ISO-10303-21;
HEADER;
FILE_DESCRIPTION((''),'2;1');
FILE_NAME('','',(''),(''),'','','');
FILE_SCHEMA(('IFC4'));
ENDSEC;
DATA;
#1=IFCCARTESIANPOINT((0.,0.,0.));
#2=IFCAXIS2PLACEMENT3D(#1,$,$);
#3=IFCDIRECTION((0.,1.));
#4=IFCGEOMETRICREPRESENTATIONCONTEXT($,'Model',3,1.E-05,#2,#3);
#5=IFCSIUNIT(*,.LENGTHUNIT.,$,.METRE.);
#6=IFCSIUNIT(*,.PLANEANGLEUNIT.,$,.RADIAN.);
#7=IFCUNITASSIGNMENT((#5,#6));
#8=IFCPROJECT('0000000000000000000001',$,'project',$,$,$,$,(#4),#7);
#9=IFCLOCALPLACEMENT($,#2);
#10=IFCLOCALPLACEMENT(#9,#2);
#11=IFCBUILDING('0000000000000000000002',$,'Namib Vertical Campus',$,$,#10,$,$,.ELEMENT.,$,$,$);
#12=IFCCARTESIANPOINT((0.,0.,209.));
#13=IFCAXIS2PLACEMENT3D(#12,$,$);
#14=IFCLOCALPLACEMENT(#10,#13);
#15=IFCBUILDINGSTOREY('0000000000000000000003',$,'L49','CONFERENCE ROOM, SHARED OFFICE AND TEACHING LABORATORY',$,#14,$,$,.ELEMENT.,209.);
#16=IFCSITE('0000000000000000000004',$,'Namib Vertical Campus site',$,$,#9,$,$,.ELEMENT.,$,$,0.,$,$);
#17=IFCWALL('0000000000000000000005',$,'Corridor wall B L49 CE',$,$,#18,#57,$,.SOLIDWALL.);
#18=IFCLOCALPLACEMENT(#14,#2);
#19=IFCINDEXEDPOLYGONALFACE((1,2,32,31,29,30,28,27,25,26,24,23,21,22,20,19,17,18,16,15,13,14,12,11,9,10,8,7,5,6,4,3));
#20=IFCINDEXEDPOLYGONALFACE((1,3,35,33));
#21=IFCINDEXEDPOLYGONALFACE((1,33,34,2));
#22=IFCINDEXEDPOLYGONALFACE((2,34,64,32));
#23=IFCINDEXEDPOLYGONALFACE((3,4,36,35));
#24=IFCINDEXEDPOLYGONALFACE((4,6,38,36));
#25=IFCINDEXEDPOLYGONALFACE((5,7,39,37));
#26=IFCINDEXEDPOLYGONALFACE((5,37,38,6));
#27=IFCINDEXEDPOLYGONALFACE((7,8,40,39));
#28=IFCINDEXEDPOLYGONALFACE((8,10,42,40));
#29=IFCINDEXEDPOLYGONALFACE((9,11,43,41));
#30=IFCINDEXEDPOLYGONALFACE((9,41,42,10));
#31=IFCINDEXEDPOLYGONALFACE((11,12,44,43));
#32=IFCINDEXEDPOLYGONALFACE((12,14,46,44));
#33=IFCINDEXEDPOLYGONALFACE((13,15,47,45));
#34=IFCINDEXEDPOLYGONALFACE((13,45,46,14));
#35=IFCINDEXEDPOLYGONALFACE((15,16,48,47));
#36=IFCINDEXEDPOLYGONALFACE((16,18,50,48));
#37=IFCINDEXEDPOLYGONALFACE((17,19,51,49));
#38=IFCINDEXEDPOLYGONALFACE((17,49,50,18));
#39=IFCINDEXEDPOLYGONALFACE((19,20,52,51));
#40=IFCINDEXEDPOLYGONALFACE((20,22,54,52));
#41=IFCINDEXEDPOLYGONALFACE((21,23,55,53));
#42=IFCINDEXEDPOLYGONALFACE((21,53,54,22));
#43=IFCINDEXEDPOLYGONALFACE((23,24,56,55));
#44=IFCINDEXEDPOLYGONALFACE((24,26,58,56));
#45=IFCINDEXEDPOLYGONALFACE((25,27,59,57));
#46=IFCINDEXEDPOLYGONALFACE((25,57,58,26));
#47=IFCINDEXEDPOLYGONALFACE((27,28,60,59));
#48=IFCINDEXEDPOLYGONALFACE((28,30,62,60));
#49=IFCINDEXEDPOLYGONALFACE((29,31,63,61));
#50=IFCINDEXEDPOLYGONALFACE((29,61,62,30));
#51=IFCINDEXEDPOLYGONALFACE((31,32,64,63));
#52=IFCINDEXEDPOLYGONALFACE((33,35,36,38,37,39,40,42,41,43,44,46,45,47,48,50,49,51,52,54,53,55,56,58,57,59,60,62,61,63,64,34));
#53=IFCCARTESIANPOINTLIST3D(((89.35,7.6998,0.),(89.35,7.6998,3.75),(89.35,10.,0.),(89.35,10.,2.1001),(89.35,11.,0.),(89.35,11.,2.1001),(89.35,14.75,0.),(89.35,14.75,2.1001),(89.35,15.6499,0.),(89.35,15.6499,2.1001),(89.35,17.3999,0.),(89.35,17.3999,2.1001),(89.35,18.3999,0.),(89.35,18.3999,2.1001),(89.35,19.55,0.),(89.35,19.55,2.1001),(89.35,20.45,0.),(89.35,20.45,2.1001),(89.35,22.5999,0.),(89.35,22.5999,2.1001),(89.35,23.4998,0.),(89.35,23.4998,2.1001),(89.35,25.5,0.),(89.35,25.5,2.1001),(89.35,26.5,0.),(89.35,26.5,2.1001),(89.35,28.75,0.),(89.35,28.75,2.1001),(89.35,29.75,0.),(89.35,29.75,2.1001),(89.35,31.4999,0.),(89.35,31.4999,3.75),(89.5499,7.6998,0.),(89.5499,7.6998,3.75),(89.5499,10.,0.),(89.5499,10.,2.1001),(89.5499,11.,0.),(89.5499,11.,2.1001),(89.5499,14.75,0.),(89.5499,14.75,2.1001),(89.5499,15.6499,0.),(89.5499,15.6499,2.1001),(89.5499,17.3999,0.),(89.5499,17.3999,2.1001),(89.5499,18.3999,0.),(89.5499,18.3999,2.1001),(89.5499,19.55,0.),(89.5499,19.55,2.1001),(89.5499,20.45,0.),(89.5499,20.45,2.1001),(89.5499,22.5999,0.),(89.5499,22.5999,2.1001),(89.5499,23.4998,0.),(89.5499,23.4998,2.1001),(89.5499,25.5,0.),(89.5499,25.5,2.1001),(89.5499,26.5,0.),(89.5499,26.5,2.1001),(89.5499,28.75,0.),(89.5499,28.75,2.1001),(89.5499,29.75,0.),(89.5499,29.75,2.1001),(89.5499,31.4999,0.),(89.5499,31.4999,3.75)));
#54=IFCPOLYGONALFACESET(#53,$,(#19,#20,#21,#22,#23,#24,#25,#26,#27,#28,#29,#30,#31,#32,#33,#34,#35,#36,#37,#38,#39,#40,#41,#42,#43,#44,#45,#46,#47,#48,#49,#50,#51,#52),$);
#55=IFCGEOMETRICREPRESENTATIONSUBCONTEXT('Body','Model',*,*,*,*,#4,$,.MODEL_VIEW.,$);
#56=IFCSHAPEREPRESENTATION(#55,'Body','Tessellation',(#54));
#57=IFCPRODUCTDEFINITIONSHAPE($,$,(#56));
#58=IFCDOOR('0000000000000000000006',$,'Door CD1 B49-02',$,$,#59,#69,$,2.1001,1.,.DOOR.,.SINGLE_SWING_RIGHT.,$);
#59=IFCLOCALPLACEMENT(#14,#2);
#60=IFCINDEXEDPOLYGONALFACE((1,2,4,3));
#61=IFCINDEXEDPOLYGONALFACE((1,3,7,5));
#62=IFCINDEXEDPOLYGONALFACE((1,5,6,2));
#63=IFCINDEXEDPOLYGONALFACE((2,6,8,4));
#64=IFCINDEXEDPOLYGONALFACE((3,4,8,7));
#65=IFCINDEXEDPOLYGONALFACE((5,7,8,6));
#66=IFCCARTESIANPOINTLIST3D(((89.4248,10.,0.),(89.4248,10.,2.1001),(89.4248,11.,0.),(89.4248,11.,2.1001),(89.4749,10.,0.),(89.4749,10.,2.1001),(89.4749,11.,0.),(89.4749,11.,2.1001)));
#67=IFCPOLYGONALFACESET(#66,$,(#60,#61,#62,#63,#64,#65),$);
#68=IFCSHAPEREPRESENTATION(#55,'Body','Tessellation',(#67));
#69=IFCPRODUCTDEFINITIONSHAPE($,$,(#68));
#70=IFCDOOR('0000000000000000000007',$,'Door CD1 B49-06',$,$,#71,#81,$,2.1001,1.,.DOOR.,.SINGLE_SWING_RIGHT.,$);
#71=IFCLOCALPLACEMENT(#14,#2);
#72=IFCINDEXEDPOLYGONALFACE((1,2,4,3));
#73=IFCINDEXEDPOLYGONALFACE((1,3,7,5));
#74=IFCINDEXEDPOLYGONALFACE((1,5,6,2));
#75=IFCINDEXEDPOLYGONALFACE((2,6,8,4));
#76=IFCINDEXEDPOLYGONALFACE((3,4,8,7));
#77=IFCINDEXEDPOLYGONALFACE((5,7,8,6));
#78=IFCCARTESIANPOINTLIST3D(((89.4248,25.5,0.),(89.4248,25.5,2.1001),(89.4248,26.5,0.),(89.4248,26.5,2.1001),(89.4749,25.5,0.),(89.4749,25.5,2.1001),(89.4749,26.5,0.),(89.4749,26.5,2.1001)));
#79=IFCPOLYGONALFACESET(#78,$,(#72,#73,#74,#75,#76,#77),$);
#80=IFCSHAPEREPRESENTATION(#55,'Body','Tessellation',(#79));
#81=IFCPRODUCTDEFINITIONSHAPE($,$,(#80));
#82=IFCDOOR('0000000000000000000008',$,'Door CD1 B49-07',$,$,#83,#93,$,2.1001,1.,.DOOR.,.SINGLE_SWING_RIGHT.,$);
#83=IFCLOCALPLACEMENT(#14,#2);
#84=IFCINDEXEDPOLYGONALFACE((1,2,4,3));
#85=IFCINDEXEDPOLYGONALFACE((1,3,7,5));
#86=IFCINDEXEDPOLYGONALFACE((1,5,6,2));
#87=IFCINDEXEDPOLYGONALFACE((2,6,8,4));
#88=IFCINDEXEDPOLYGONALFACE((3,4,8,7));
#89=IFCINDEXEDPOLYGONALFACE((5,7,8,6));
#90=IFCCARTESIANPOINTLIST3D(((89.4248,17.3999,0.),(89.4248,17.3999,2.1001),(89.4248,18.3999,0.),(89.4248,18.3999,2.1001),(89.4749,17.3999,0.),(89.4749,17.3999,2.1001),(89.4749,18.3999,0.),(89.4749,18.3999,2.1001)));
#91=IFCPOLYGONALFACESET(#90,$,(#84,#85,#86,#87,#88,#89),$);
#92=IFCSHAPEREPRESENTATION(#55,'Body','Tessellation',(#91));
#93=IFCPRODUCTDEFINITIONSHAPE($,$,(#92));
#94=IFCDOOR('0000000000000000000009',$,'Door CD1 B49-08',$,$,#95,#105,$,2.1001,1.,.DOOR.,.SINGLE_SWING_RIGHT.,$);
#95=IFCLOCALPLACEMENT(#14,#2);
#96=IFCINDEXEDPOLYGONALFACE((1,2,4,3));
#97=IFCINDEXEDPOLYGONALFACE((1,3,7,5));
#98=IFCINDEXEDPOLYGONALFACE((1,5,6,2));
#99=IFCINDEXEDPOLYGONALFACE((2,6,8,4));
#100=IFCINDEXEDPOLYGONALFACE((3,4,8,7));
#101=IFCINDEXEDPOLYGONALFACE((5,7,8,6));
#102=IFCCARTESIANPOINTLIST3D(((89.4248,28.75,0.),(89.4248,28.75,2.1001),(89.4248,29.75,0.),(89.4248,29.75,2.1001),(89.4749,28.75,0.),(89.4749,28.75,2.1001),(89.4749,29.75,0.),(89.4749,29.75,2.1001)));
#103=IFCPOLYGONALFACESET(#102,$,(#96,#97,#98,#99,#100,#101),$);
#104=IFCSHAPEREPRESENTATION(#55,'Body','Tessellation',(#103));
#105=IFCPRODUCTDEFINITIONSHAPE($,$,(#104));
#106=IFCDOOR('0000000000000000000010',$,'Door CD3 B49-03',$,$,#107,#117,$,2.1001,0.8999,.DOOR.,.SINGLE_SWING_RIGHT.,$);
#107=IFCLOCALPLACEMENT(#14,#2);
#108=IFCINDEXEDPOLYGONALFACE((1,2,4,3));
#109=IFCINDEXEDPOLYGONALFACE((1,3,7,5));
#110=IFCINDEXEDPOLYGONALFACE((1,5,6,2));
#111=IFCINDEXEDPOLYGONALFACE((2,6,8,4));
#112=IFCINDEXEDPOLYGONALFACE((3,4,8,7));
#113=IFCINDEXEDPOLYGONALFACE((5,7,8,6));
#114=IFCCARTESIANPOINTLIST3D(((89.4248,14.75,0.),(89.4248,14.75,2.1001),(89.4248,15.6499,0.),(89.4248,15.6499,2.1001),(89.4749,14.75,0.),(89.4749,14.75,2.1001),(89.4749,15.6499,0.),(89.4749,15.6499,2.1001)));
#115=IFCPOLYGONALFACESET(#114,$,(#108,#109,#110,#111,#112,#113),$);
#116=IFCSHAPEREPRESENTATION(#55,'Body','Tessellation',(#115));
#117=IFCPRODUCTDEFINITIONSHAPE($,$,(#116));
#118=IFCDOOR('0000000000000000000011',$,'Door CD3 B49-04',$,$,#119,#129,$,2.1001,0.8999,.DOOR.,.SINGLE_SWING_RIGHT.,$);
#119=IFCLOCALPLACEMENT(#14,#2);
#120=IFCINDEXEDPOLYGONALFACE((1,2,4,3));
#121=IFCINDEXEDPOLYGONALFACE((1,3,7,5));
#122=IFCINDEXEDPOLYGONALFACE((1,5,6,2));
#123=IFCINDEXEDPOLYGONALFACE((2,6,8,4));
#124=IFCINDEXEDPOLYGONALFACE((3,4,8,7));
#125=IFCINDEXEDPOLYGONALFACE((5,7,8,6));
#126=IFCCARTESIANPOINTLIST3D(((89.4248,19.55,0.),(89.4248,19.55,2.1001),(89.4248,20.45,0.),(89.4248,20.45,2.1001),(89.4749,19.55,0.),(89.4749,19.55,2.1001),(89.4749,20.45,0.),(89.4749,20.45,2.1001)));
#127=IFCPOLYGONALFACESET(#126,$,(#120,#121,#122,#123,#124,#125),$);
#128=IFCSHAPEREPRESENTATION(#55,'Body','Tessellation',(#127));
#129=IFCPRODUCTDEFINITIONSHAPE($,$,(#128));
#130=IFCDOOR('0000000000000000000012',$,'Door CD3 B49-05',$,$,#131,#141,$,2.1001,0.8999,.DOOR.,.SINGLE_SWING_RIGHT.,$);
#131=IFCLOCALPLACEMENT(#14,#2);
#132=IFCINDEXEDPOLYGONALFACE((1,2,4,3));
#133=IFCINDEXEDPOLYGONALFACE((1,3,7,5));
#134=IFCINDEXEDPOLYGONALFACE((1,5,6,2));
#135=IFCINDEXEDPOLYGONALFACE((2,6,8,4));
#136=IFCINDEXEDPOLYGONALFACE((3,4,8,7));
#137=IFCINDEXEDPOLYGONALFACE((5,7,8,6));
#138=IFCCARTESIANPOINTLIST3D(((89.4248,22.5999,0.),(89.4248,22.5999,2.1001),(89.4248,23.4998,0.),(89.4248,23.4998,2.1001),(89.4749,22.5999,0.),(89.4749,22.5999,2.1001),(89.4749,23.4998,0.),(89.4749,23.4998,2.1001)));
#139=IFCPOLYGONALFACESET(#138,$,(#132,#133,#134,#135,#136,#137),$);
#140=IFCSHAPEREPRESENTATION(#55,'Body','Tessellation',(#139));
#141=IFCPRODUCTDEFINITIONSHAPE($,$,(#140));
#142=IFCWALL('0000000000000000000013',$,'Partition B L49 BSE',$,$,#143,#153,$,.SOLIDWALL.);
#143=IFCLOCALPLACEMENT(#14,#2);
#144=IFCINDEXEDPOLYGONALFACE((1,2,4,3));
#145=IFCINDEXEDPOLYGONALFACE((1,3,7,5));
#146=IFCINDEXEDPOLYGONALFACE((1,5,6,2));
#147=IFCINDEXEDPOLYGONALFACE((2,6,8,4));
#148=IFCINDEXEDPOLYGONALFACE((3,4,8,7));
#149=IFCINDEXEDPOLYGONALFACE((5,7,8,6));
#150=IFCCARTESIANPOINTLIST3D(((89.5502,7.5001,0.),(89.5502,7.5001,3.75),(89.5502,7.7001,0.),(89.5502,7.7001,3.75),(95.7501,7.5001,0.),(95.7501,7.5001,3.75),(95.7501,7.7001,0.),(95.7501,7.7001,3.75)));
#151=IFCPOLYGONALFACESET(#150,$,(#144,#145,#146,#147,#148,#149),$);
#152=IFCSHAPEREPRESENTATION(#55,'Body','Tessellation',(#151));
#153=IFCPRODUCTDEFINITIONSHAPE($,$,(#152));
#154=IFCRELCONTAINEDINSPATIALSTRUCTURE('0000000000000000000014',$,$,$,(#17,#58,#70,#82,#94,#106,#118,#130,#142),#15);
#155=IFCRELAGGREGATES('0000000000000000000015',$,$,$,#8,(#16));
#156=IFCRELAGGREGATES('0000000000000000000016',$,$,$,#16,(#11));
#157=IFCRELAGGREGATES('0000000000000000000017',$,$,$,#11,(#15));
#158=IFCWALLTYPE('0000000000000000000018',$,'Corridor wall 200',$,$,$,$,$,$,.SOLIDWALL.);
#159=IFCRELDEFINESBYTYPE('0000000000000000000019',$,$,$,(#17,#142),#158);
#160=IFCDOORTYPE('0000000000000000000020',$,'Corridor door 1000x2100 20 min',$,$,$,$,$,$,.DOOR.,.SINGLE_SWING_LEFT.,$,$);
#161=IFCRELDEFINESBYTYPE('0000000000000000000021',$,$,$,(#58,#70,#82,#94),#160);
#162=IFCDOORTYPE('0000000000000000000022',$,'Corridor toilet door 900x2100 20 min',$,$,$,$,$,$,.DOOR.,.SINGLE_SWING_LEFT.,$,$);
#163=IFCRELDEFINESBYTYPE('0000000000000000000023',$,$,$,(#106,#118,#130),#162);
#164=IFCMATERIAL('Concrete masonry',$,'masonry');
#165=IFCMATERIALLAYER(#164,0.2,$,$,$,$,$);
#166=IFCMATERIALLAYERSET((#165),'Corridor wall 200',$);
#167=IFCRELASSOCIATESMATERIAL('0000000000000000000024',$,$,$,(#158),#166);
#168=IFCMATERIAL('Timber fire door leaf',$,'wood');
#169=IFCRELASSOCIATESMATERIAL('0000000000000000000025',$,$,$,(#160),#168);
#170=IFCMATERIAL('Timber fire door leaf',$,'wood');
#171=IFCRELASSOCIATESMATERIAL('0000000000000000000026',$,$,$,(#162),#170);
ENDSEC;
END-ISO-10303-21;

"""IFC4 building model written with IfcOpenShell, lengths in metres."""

from ifc_helpers import new_model, si_unit, direction, frame, frame_2d, origin, place, context, subcontext, project, spatial, rectangle, extrude, material, layer, layer_set, type_object, element, fill, save


model = new_model("IFC4")

# Units and contexts
model_context = context("Model", 3, precision=1e-05, world=origin(), true_north=direction((0.0, 1.0)))
body_context = subcontext(model_context, "Body", "Model", "MODEL_VIEW")
ifc_project = project(units=[si_unit("LENGTHUNIT", "METRE"), si_unit("PLANEANGLEUNIT", "RADIAN")], contexts=[model_context])

# Site, building, storey
site_placement = place(None, origin())
site = spatial("IfcSite", under=ifc_project, at=site_placement, Name="Namib Vertical Campus site", CompositionType="ELEMENT", RefElevation=0.0)
building_placement = place(site_placement, origin())
building = spatial("IfcBuilding", under=site, at=building_placement, Name="Namib Vertical Campus", CompositionType="ELEMENT")
storey_placement = place(building_placement, frame((0.0, 0.0, 209.0)))
storey = spatial("IfcBuildingStorey", under=building, at=storey_placement, Name="L49", Description="CONFERENCE ROOM, SHARED OFFICE AND TEACHING LABORATORY", CompositionType="ELEMENT", Elevation=209.0)

# Wall, openings, doors
ifc_material_1 = material(Name="Concrete masonry", Category="masonry")
ifc_layer_1 = layer(ifc_material_1, 0.2)
ifc_layer_set_1 = layer_set([ifc_layer_1], Name="Corridor wall 200")
wall_type_1 = type_object("IfcWallType", Name="Corridor wall 200", PredefinedType="SOLIDWALL", material=ifc_layer_set_1)
wall_1_placement = place(storey_placement, frame((89.45, 7.7, 0.0), z_axis=(0.0, 0.0, 1.0), x_axis=(0.0, 1.0, 0.0)))
wall_1 = element("IfcWall", 1, at=wall_1_placement, inside=storey, type_object=wall_type_1, Name="Corridor wall B L49 CE", PredefinedType="SOLIDWALL", context=body_context, shape_type="SweptSolid", body=[
    extrude(rectangle(XDim=23.8, YDim=0.2, at=frame_2d((11.8999, 0.0))), origin(), (0.0, 0.0, 1.0), 3.75),
])
opening_1_placement = place(wall_1_placement, frame((2.3, 0.0, 0.0)))
opening_1 = element("IfcOpeningElement", 2, at=opening_1_placement, cuts=wall_1, PredefinedType="OPENING", context=body_context, shape_type="SweptSolid", body=[
    extrude(rectangle(XDim=1.0, YDim=2.1001, at=frame_2d((0.5, 1.05))), frame((0.0, 0.1099, 0.0), z_axis=(0.0, -1.0, 0.0), x_axis=(1.0, 0.0, 0.0)), (0.0, 0.0, 1.0), 0.22),
])
opening_2_placement = place(wall_1_placement, frame((7.05, 0.0, 0.0)))
opening_2 = element("IfcOpeningElement", 3, at=opening_2_placement, cuts=wall_1, PredefinedType="OPENING", context=body_context, shape_type="SweptSolid", body=[
    extrude(rectangle(XDim=0.8999, YDim=2.1001, at=frame_2d((0.45, 1.05))), frame((0.0, 0.1099, 0.0), z_axis=(0.0, -1.0, 0.0), x_axis=(1.0, 0.0, 0.0)), (0.0, 0.0, 1.0), 0.22),
])
opening_3_placement = place(wall_1_placement, frame((11.8501, 0.0, 0.0)))
opening_3 = element("IfcOpeningElement", 4, at=opening_3_placement, cuts=wall_1, PredefinedType="OPENING", context=body_context, shape_type="SweptSolid", body=[
    extrude(rectangle(XDim=0.8999, YDim=2.1001, at=frame_2d((0.45, 1.05))), frame((0.0, 0.1099, 0.0), z_axis=(0.0, -1.0, 0.0), x_axis=(1.0, 0.0, 0.0)), (0.0, 0.0, 1.0), 0.22),
])
opening_4_placement = place(wall_1_placement, frame((14.8999, 0.0, 0.0)))
opening_4 = element("IfcOpeningElement", 5, at=opening_4_placement, cuts=wall_1, PredefinedType="OPENING", context=body_context, shape_type="SweptSolid", body=[
    extrude(rectangle(XDim=0.8999, YDim=2.1001, at=frame_2d((0.45, 1.05))), frame((0.0, 0.1099, 0.0), z_axis=(0.0, -1.0, 0.0), x_axis=(1.0, 0.0, 0.0)), (0.0, 0.0, 1.0), 0.22),
])
opening_5_placement = place(wall_1_placement, frame((17.8, 0.0, 0.0)))
opening_5 = element("IfcOpeningElement", 6, at=opening_5_placement, cuts=wall_1, PredefinedType="OPENING", context=body_context, shape_type="SweptSolid", body=[
    extrude(rectangle(XDim=1.0, YDim=2.1001, at=frame_2d((0.5, 1.05))), frame((0.0, 0.1099, 0.0), z_axis=(0.0, -1.0, 0.0), x_axis=(1.0, 0.0, 0.0)), (0.0, 0.0, 1.0), 0.22),
])
opening_6_placement = place(wall_1_placement, frame((9.7, 0.0, 0.0)))
opening_6 = element("IfcOpeningElement", 7, at=opening_6_placement, cuts=wall_1, PredefinedType="OPENING", context=body_context, shape_type="SweptSolid", body=[
    extrude(rectangle(XDim=1.0, YDim=2.1001, at=frame_2d((0.5, 1.05))), frame((0.0, 0.1099, 0.0), z_axis=(0.0, -1.0, 0.0), x_axis=(1.0, 0.0, 0.0)), (0.0, 0.0, 1.0), 0.22),
])
opening_7_placement = place(wall_1_placement, frame((21.05, 0.0, 0.0)))
opening_7 = element("IfcOpeningElement", 8, at=opening_7_placement, cuts=wall_1, PredefinedType="OPENING", context=body_context, shape_type="SweptSolid", body=[
    extrude(rectangle(XDim=1.0, YDim=2.1001, at=frame_2d((0.5, 1.05))), frame((0.0, 0.1099, 0.0), z_axis=(0.0, -1.0, 0.0), x_axis=(1.0, 0.0, 0.0)), (0.0, 0.0, 1.0), 0.22),
])
ifc_material_2 = material(Name="Timber fire door leaf", Category="wood")
door_type_1 = type_object("IfcDoorType", Name="Corridor door 1000x2100 20 min", OperationType="SINGLE_SWING_LEFT", PredefinedType="DOOR", material=ifc_material_2)
door_1_placement = place(opening_1_placement, frame((1.0, 0.0, 0.0), z_axis=(0.0, 0.0, 1.0), x_axis=(-1.0, 0.0, 0.0)))
door_1 = element("IfcDoor", 9, at=door_1_placement, inside=storey, type_object=door_type_1, Name="Door CD1 B49-02", OperationType="SINGLE_SWING_RIGHT", OverallHeight=2.1001, OverallWidth=1.0, PredefinedType="DOOR", context=body_context, shape_type="SweptSolid", body=[
    extrude(rectangle(XDim=1.0, YDim=2.1001, at=frame_2d((0.5, 1.05))), frame((0.0, 0.0249, 0.0), z_axis=(0.0, -1.0, 0.0), x_axis=(1.0, 0.0, 0.0)), (0.0, 0.0, 1.0), 0.05),
])
fill(opening_1, door_1)
door_2_placement = place(opening_5_placement, frame((1.0, 0.0, 0.0), z_axis=(0.0, 0.0, 1.0), x_axis=(-1.0, 0.0, 0.0)))
door_2 = element("IfcDoor", 10, at=door_2_placement, inside=storey, type_object=door_type_1, Name="Door CD1 B49-06", OperationType="SINGLE_SWING_RIGHT", OverallHeight=2.1001, OverallWidth=1.0, PredefinedType="DOOR", context=body_context, shape_type="SweptSolid", body=[
    extrude(rectangle(XDim=1.0, YDim=2.1001, at=frame_2d((0.5, 1.05))), frame((0.0, 0.0249, 0.0), z_axis=(0.0, -1.0, 0.0), x_axis=(1.0, 0.0, 0.0)), (0.0, 0.0, 1.0), 0.05),
])
fill(opening_5, door_2)
door_3_placement = place(opening_6_placement, frame((1.0, 0.0, 0.0), z_axis=(0.0, 0.0, 1.0), x_axis=(-1.0, 0.0, 0.0)))
door_3 = element("IfcDoor", 11, at=door_3_placement, inside=storey, type_object=door_type_1, Name="Door CD1 B49-07", OperationType="SINGLE_SWING_RIGHT", OverallHeight=2.1001, OverallWidth=1.0, PredefinedType="DOOR", context=body_context, shape_type="SweptSolid", body=[
    extrude(rectangle(XDim=1.0, YDim=2.1001, at=frame_2d((0.5, 1.05))), frame((0.0, 0.0249, 0.0), z_axis=(0.0, -1.0, 0.0), x_axis=(1.0, 0.0, 0.0)), (0.0, 0.0, 1.0), 0.05),
])
fill(opening_6, door_3)
door_4_placement = place(opening_7_placement, frame((1.0, 0.0, 0.0), z_axis=(0.0, 0.0, 1.0), x_axis=(-1.0, 0.0, 0.0)))
door_4 = element("IfcDoor", 12, at=door_4_placement, inside=storey, type_object=door_type_1, Name="Door CD1 B49-08", OperationType="SINGLE_SWING_RIGHT", OverallHeight=2.1001, OverallWidth=1.0, PredefinedType="DOOR", context=body_context, shape_type="SweptSolid", body=[
    extrude(rectangle(XDim=1.0, YDim=2.1001, at=frame_2d((0.5, 1.05))), frame((0.0, 0.0249, 0.0), z_axis=(0.0, -1.0, 0.0), x_axis=(1.0, 0.0, 0.0)), (0.0, 0.0, 1.0), 0.05),
])
fill(opening_7, door_4)
ifc_material_3 = material(Name="Timber fire door leaf", Category="wood")
door_type_2 = type_object("IfcDoorType", Name="Corridor toilet door 900x2100 20 min", OperationType="SINGLE_SWING_LEFT", PredefinedType="DOOR", material=ifc_material_3)
door_5_placement = place(opening_2_placement, frame((0.8999, 0.0, 0.0), z_axis=(0.0, 0.0, 1.0), x_axis=(-1.0, 0.0, 0.0)))
door_5 = element("IfcDoor", 13, at=door_5_placement, inside=storey, type_object=door_type_2, Name="Door CD3 B49-03", OperationType="SINGLE_SWING_RIGHT", OverallHeight=2.1001, OverallWidth=0.8999, PredefinedType="DOOR", context=body_context, shape_type="SweptSolid", body=[
    extrude(rectangle(XDim=0.8999, YDim=2.1001, at=frame_2d((0.45, 1.05))), frame((0.0, 0.0249, 0.0), z_axis=(0.0, -1.0, 0.0), x_axis=(1.0, 0.0, 0.0)), (0.0, 0.0, 1.0), 0.05),
])
fill(opening_2, door_5)
door_6_placement = place(opening_3_placement, frame((0.8999, 0.0, 0.0), z_axis=(0.0, 0.0, 1.0), x_axis=(-1.0, 0.0, 0.0)))
door_6 = element("IfcDoor", 14, at=door_6_placement, inside=storey, type_object=door_type_2, Name="Door CD3 B49-04", OperationType="SINGLE_SWING_RIGHT", OverallHeight=2.1001, OverallWidth=0.8999, PredefinedType="DOOR", context=body_context, shape_type="SweptSolid", body=[
    extrude(rectangle(XDim=0.8999, YDim=2.1001, at=frame_2d((0.45, 1.05))), frame((0.0, 0.0249, 0.0), z_axis=(0.0, -1.0, 0.0), x_axis=(1.0, 0.0, 0.0)), (0.0, 0.0, 1.0), 0.05),
])
fill(opening_3, door_6)
door_7_placement = place(opening_4_placement, frame((0.8999, 0.0, 0.0), z_axis=(0.0, 0.0, 1.0), x_axis=(-1.0, 0.0, 0.0)))
door_7 = element("IfcDoor", 15, at=door_7_placement, inside=storey, type_object=door_type_2, Name="Door CD3 B49-05", OperationType="SINGLE_SWING_RIGHT", OverallHeight=2.1001, OverallWidth=0.8999, PredefinedType="DOOR", context=body_context, shape_type="SweptSolid", body=[
    extrude(rectangle(XDim=0.8999, YDim=2.1001, at=frame_2d((0.45, 1.05))), frame((0.0, 0.0249, 0.0), z_axis=(0.0, -1.0, 0.0), x_axis=(1.0, 0.0, 0.0)), (0.0, 0.0, 1.0), 0.05),
])
fill(opening_4, door_7)

# Wall
wall_2_placement = place(storey_placement, frame((89.55, 7.6001, 0.0), z_axis=(0.0, 0.0, 1.0), x_axis=(1.0, 0.0, 0.0)))
element("IfcWall", 16, at=wall_2_placement, inside=storey, type_object=wall_type_1, Name="Partition B L49 BSE", PredefinedType="SOLIDWALL", context=body_context, shape_type="SweptSolid", body=[
    extrude(rectangle(XDim=6.2, YDim=0.2, at=frame_2d((3.1001, 0.0))), origin(), (0.0, 0.0, 1.0), 3.75),
])

save(model, "model.ifc")
